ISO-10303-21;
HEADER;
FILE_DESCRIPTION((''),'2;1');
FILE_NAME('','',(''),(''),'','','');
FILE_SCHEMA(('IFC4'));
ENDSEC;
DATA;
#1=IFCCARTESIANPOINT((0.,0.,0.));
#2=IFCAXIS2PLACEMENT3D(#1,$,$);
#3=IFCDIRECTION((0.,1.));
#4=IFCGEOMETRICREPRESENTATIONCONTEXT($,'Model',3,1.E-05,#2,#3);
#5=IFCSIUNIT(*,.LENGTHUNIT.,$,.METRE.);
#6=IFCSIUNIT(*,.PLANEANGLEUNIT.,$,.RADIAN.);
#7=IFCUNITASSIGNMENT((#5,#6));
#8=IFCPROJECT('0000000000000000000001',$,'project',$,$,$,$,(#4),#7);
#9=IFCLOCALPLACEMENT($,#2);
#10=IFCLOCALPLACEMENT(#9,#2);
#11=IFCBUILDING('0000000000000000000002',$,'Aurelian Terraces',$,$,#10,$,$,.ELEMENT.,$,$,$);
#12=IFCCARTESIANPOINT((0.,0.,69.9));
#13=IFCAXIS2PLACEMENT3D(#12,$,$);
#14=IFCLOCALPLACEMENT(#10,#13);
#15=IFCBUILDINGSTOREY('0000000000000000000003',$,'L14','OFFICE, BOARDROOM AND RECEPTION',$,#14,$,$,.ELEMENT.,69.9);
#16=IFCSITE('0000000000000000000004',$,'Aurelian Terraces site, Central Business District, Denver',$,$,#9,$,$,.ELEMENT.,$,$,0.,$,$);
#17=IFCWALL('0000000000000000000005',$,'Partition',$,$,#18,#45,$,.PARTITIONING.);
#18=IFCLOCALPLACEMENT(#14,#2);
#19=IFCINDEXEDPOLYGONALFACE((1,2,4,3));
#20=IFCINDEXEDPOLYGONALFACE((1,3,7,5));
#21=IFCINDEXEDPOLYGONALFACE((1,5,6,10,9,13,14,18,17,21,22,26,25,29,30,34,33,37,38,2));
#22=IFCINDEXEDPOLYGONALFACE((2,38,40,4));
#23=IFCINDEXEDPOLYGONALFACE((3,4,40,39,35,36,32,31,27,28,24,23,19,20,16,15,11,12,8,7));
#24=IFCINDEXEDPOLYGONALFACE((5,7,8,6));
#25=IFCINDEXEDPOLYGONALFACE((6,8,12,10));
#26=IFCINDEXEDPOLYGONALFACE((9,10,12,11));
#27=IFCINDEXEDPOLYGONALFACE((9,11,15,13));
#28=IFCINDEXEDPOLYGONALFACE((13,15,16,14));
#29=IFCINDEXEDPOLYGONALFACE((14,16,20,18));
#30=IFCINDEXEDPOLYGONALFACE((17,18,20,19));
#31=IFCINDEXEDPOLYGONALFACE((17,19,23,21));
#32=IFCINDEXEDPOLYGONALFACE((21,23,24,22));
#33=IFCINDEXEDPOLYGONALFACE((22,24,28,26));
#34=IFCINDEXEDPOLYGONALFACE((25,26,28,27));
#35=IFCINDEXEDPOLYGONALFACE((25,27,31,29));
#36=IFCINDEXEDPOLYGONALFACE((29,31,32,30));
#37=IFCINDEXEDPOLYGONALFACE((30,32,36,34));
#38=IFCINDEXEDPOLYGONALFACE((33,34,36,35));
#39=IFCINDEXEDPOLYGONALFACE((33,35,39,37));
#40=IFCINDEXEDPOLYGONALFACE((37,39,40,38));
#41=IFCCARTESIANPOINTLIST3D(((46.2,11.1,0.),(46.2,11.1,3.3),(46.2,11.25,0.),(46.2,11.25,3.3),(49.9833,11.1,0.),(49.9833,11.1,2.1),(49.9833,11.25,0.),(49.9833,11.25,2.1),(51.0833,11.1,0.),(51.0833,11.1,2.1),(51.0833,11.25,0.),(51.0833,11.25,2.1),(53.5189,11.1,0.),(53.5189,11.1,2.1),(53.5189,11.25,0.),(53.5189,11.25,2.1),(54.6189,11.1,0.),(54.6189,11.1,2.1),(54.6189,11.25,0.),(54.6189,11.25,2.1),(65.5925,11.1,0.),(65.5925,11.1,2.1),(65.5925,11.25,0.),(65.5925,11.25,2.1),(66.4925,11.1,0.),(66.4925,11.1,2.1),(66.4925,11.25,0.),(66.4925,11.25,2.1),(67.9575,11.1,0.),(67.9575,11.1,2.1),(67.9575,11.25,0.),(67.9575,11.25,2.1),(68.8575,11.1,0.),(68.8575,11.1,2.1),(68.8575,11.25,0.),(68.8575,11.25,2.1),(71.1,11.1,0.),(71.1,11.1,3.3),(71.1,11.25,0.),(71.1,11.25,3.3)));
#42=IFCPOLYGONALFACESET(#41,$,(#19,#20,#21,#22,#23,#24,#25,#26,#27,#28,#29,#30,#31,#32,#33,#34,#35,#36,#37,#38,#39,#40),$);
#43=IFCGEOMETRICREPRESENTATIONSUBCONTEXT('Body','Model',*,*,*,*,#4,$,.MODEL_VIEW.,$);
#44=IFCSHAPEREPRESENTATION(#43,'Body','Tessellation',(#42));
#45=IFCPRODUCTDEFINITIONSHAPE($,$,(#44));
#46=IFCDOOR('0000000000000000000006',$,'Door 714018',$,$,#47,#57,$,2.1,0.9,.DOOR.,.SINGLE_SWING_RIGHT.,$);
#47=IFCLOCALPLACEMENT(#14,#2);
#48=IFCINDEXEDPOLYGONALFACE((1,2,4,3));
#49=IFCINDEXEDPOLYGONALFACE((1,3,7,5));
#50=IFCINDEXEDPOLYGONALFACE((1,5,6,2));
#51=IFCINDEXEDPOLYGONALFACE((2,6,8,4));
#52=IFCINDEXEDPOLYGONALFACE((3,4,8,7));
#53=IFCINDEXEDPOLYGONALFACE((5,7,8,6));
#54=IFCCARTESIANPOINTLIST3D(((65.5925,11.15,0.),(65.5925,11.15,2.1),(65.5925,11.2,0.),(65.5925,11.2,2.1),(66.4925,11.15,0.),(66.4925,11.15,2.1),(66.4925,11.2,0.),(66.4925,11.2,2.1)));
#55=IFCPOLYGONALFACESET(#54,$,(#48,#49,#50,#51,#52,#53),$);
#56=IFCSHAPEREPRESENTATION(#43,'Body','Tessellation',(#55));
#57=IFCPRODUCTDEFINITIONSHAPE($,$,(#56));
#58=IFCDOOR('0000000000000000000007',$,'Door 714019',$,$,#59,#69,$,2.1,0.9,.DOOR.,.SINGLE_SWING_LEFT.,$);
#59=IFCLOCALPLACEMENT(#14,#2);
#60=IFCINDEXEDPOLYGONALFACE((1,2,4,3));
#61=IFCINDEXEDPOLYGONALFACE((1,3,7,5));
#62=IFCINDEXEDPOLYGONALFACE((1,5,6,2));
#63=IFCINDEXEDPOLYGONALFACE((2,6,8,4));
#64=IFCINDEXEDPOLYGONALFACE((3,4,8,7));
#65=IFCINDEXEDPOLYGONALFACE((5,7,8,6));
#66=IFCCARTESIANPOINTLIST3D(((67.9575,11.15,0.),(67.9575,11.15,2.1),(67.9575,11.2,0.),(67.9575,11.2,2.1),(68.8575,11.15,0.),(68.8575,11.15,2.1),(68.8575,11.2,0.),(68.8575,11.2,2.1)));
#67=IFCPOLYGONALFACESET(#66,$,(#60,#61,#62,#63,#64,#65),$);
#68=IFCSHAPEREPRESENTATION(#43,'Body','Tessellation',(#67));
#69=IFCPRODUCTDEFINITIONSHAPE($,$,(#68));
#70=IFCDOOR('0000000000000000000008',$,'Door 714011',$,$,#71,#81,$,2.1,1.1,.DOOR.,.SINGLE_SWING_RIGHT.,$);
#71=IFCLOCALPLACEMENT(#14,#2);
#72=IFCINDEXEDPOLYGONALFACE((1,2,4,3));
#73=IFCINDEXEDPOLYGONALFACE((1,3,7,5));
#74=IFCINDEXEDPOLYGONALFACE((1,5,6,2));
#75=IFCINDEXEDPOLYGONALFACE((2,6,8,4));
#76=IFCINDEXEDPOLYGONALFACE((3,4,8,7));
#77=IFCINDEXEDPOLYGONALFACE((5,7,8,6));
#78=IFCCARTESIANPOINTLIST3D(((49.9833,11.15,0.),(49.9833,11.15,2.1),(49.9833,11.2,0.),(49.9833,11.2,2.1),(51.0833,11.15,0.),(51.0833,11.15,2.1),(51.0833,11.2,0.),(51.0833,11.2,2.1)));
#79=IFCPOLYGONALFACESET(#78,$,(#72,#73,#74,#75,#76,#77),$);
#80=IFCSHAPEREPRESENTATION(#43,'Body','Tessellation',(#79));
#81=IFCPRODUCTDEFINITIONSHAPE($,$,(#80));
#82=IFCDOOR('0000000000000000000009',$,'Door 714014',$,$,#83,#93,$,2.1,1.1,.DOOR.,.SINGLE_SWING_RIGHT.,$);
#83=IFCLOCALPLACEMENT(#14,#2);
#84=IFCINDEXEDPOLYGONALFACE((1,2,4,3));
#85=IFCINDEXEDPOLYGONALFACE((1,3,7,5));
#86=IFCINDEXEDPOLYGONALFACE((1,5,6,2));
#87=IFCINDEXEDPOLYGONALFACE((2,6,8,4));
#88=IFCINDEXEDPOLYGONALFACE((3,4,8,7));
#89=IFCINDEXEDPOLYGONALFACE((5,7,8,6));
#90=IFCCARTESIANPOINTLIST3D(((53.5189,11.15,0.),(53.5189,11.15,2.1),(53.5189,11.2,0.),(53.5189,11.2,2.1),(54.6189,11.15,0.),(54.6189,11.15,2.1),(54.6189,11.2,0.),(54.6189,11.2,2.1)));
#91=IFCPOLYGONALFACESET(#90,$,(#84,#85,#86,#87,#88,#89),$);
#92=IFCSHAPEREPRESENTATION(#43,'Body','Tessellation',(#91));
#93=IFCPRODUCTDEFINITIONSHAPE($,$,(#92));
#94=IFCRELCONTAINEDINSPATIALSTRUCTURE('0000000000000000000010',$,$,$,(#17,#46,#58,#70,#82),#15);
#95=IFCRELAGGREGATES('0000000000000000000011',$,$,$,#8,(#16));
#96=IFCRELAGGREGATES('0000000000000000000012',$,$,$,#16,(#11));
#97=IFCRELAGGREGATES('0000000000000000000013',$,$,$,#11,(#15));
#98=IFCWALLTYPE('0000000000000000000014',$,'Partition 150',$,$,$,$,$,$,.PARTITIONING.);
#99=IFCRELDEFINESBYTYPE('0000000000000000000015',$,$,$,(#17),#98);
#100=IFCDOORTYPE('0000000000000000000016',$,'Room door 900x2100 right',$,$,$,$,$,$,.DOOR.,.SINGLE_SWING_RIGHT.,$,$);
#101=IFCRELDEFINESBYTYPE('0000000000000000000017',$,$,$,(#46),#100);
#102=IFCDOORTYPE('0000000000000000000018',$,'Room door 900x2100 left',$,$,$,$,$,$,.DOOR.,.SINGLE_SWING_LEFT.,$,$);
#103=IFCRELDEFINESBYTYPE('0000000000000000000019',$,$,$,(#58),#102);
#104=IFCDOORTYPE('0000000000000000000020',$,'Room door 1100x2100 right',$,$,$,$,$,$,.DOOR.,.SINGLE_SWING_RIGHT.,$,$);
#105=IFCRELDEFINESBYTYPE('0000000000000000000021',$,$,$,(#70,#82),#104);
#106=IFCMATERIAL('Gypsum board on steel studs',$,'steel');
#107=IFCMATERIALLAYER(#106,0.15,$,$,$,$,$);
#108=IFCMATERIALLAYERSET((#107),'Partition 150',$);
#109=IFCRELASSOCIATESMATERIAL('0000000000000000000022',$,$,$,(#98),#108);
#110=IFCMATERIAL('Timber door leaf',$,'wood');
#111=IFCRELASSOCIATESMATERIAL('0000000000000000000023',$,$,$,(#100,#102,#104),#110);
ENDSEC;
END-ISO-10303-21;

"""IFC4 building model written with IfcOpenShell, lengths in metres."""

from ifc_helpers import new_model, si_unit, direction, frame, frame_2d, origin, place, context, subcontext, project, spatial, rectangle, extrude, source, transform, mapped, material, layer, layer_set, type_object, element, fill, save


model = new_model("IFC4")

# Units and contexts
model_context = context("Model", 3, precision=1e-05, world=origin(), true_north=direction((0.0, 1.0)))
body_context = subcontext(model_context, "Body", "Model", "MODEL_VIEW")
ifc_project = project(units=[si_unit("LENGTHUNIT", "METRE"), si_unit("PLANEANGLEUNIT", "RADIAN")], contexts=[model_context])

# Site, building, storey
site_placement = place(None, origin())
site = spatial("IfcSite", under=ifc_project, at=site_placement, Name="Aurelian Terraces site, Central Business District, Denver", CompositionType="ELEMENT", RefElevation=0.0)
building_placement = place(site_placement, origin())
building = spatial("IfcBuilding", under=site, at=building_placement, Name="Aurelian Terraces", CompositionType="ELEMENT")
storey_placement = place(building_placement, frame((0.0, 0.0, 69.9)))
storey = spatial("IfcBuildingStorey", under=building, at=storey_placement, Name="L14", Description="OFFICE, BOARDROOM AND RECEPTION", CompositionType="ELEMENT", Elevation=69.9)

# Shared definitions
ifc_material_1 = material(Name="Gypsum board on steel studs", Category="steel")
ifc_layer_1 = layer(ifc_material_1, 0.15)
ifc_layer_set_1 = layer_set([ifc_layer_1], Name="Partition 150")
wall_type_1 = type_object("IfcWallType", Name="Partition 150", PredefinedType="PARTITIONING", material=ifc_layer_set_1)

# Wall, openings, doors
shared_shape_1 = source(origin(), body_context, "Body", "SweptSolid", [
    extrude(rectangle(XDim=24.9, YDim=0.15, at=frame_2d((12.45, 0.0))), origin(), (0.0, 0.0, 1.0), 3.3),
])
wall_1_placement = place(storey_placement, frame((71.1, 11.175, 0.0), z_axis=(0.0, 0.0, 1.0), x_axis=(-1.0, 0.0, 0.0)))
wall_1 = element("IfcWall", 1, at=wall_1_placement, inside=storey, type_object=wall_type_1, Name="Partition", PredefinedType="PARTITIONING", context=body_context, shape_type="MappedRepresentation", body=[
    mapped(shared_shape_1, transform((0.0, 0.0, 0.0), scale=1.0)),
])
shared_shape_2 = source(origin(), body_context, "Body", "SweptSolid", [
    extrude(rectangle(XDim=1.1, YDim=2.1, at=frame_2d((0.55, 1.05))), frame((0.0, 0.085, 0.0), z_axis=(0.0, -1.0, 0.0), x_axis=(1.0, 0.0, 0.0)), (0.0, 0.0, 1.0), 0.17),
])
opening_1_placement = place(wall_1_placement, frame((20.0167, 0.0, 0.0)))
opening_1 = element("IfcOpeningElement", 2, at=opening_1_placement, cuts=wall_1, PredefinedType="OPENING", context=body_context, shape_type="MappedRepresentation", body=[
    mapped(shared_shape_2, transform((0.0, 0.0, 0.0), scale=1.0)),
])
opening_2_placement = place(wall_1_placement, frame((16.4811, 0.0, 0.0)))
opening_2 = element("IfcOpeningElement", 3, at=opening_2_placement, cuts=wall_1, PredefinedType="OPENING", context=body_context, shape_type="MappedRepresentation", body=[
    mapped(shared_shape_2, transform((0.0, 0.0, 0.0), scale=1.0)),
])
shared_shape_3 = source(origin(), body_context, "Body", "SweptSolid", [
    extrude(rectangle(XDim=0.9, YDim=2.1, at=frame_2d((0.45, 1.05))), frame((0.0, 0.085, 0.0), z_axis=(0.0, -1.0, 0.0), x_axis=(1.0, 0.0, 0.0)), (0.0, 0.0, 1.0), 0.17),
])
opening_3_placement = place(wall_1_placement, frame((4.6075, 0.0, 0.0)))
opening_3 = element("IfcOpeningElement", 4, at=opening_3_placement, cuts=wall_1, PredefinedType="OPENING", context=body_context, shape_type="MappedRepresentation", body=[
    mapped(shared_shape_3, transform((0.0, 0.0, 0.0), scale=1.0)),
])
opening_4_placement = place(wall_1_placement, frame((2.2425, 0.0, 0.0)))
opening_4 = element("IfcOpeningElement", 5, at=opening_4_placement, cuts=wall_1, PredefinedType="OPENING", context=body_context, shape_type="MappedRepresentation", body=[
    mapped(shared_shape_3, transform((0.0, 0.0, 0.0), scale=1.0)),
])
ifc_material_2 = material(Name="Timber door leaf", Category="wood")
door_type_1 = type_object("IfcDoorType", Name="Room door 900x2100 right", OperationType="SINGLE_SWING_RIGHT", PredefinedType="DOOR", material=ifc_material_2)
shared_shape_4 = source(origin(), body_context, "Body", "SweptSolid", [
    extrude(rectangle(XDim=0.9, YDim=2.1, at=frame_2d((0.45, 1.05))), frame((0.0, 0.025, 0.0), z_axis=(0.0, -1.0, 0.0), x_axis=(1.0, 0.0, 0.0)), (0.0, 0.0, 1.0), 0.05),
])
door_1_placement = place(opening_3_placement, origin())
door_1 = element("IfcDoor", 6, at=door_1_placement, inside=storey, type_object=door_type_1, Name="Door 714018", OperationType="SINGLE_SWING_RIGHT", OverallHeight=2.1, OverallWidth=0.9, PredefinedType="DOOR", context=body_context, shape_type="MappedRepresentation", body=[
    mapped(shared_shape_4, transform((0.0, 0.0, 0.0), scale=1.0)),
])
fill(opening_3, door_1)
door_type_2 = type_object("IfcDoorType", Name="Room door 900x2100 left", OperationType="SINGLE_SWING_LEFT", PredefinedType="DOOR", material=ifc_material_2)
door_2_placement = place(opening_4_placement, origin())
door_2 = element("IfcDoor", 7, at=door_2_placement, inside=storey, type_object=door_type_2, Name="Door 714019", OperationType="SINGLE_SWING_LEFT", OverallHeight=2.1, OverallWidth=0.9, PredefinedType="DOOR", context=body_context, shape_type="MappedRepresentation", body=[
    mapped(shared_shape_4, transform((0.0, 0.0, 0.0), scale=1.0)),
])
fill(opening_4, door_2)
door_type_3 = type_object("IfcDoorType", Name="Room door 1100x2100 right", OperationType="SINGLE_SWING_RIGHT", PredefinedType="DOOR", material=ifc_material_2)
shared_shape_5 = source(origin(), body_context, "Body", "SweptSolid", [
    extrude(rectangle(XDim=1.1, YDim=2.1, at=frame_2d((0.55, 1.05))), frame((0.0, 0.025, 0.0), z_axis=(0.0, -1.0, 0.0), x_axis=(1.0, 0.0, 0.0)), (0.0, 0.0, 1.0), 0.05),
])
door_3_placement = place(opening_1_placement, origin())
door_3 = element("IfcDoor", 8, at=door_3_placement, inside=storey, type_object=door_type_3, Name="Door 714011", OperationType="SINGLE_SWING_RIGHT", OverallHeight=2.1, OverallWidth=1.1, PredefinedType="DOOR", context=body_context, shape_type="MappedRepresentation", body=[
    mapped(shared_shape_5, transform((0.0, 0.0, 0.0), scale=1.0)),
])
fill(opening_1, door_3)
door_4_placement = place(opening_2_placement, origin())
door_4 = element("IfcDoor", 9, at=door_4_placement, inside=storey, type_object=door_type_3, Name="Door 714014", OperationType="SINGLE_SWING_RIGHT", OverallHeight=2.1, OverallWidth=1.1, PredefinedType="DOOR", context=body_context, shape_type="MappedRepresentation", body=[
    mapped(shared_shape_5, transform((0.0, 0.0, 0.0), scale=1.0)),
])
fill(opening_2, door_4)

save(model, "model.ifc")
